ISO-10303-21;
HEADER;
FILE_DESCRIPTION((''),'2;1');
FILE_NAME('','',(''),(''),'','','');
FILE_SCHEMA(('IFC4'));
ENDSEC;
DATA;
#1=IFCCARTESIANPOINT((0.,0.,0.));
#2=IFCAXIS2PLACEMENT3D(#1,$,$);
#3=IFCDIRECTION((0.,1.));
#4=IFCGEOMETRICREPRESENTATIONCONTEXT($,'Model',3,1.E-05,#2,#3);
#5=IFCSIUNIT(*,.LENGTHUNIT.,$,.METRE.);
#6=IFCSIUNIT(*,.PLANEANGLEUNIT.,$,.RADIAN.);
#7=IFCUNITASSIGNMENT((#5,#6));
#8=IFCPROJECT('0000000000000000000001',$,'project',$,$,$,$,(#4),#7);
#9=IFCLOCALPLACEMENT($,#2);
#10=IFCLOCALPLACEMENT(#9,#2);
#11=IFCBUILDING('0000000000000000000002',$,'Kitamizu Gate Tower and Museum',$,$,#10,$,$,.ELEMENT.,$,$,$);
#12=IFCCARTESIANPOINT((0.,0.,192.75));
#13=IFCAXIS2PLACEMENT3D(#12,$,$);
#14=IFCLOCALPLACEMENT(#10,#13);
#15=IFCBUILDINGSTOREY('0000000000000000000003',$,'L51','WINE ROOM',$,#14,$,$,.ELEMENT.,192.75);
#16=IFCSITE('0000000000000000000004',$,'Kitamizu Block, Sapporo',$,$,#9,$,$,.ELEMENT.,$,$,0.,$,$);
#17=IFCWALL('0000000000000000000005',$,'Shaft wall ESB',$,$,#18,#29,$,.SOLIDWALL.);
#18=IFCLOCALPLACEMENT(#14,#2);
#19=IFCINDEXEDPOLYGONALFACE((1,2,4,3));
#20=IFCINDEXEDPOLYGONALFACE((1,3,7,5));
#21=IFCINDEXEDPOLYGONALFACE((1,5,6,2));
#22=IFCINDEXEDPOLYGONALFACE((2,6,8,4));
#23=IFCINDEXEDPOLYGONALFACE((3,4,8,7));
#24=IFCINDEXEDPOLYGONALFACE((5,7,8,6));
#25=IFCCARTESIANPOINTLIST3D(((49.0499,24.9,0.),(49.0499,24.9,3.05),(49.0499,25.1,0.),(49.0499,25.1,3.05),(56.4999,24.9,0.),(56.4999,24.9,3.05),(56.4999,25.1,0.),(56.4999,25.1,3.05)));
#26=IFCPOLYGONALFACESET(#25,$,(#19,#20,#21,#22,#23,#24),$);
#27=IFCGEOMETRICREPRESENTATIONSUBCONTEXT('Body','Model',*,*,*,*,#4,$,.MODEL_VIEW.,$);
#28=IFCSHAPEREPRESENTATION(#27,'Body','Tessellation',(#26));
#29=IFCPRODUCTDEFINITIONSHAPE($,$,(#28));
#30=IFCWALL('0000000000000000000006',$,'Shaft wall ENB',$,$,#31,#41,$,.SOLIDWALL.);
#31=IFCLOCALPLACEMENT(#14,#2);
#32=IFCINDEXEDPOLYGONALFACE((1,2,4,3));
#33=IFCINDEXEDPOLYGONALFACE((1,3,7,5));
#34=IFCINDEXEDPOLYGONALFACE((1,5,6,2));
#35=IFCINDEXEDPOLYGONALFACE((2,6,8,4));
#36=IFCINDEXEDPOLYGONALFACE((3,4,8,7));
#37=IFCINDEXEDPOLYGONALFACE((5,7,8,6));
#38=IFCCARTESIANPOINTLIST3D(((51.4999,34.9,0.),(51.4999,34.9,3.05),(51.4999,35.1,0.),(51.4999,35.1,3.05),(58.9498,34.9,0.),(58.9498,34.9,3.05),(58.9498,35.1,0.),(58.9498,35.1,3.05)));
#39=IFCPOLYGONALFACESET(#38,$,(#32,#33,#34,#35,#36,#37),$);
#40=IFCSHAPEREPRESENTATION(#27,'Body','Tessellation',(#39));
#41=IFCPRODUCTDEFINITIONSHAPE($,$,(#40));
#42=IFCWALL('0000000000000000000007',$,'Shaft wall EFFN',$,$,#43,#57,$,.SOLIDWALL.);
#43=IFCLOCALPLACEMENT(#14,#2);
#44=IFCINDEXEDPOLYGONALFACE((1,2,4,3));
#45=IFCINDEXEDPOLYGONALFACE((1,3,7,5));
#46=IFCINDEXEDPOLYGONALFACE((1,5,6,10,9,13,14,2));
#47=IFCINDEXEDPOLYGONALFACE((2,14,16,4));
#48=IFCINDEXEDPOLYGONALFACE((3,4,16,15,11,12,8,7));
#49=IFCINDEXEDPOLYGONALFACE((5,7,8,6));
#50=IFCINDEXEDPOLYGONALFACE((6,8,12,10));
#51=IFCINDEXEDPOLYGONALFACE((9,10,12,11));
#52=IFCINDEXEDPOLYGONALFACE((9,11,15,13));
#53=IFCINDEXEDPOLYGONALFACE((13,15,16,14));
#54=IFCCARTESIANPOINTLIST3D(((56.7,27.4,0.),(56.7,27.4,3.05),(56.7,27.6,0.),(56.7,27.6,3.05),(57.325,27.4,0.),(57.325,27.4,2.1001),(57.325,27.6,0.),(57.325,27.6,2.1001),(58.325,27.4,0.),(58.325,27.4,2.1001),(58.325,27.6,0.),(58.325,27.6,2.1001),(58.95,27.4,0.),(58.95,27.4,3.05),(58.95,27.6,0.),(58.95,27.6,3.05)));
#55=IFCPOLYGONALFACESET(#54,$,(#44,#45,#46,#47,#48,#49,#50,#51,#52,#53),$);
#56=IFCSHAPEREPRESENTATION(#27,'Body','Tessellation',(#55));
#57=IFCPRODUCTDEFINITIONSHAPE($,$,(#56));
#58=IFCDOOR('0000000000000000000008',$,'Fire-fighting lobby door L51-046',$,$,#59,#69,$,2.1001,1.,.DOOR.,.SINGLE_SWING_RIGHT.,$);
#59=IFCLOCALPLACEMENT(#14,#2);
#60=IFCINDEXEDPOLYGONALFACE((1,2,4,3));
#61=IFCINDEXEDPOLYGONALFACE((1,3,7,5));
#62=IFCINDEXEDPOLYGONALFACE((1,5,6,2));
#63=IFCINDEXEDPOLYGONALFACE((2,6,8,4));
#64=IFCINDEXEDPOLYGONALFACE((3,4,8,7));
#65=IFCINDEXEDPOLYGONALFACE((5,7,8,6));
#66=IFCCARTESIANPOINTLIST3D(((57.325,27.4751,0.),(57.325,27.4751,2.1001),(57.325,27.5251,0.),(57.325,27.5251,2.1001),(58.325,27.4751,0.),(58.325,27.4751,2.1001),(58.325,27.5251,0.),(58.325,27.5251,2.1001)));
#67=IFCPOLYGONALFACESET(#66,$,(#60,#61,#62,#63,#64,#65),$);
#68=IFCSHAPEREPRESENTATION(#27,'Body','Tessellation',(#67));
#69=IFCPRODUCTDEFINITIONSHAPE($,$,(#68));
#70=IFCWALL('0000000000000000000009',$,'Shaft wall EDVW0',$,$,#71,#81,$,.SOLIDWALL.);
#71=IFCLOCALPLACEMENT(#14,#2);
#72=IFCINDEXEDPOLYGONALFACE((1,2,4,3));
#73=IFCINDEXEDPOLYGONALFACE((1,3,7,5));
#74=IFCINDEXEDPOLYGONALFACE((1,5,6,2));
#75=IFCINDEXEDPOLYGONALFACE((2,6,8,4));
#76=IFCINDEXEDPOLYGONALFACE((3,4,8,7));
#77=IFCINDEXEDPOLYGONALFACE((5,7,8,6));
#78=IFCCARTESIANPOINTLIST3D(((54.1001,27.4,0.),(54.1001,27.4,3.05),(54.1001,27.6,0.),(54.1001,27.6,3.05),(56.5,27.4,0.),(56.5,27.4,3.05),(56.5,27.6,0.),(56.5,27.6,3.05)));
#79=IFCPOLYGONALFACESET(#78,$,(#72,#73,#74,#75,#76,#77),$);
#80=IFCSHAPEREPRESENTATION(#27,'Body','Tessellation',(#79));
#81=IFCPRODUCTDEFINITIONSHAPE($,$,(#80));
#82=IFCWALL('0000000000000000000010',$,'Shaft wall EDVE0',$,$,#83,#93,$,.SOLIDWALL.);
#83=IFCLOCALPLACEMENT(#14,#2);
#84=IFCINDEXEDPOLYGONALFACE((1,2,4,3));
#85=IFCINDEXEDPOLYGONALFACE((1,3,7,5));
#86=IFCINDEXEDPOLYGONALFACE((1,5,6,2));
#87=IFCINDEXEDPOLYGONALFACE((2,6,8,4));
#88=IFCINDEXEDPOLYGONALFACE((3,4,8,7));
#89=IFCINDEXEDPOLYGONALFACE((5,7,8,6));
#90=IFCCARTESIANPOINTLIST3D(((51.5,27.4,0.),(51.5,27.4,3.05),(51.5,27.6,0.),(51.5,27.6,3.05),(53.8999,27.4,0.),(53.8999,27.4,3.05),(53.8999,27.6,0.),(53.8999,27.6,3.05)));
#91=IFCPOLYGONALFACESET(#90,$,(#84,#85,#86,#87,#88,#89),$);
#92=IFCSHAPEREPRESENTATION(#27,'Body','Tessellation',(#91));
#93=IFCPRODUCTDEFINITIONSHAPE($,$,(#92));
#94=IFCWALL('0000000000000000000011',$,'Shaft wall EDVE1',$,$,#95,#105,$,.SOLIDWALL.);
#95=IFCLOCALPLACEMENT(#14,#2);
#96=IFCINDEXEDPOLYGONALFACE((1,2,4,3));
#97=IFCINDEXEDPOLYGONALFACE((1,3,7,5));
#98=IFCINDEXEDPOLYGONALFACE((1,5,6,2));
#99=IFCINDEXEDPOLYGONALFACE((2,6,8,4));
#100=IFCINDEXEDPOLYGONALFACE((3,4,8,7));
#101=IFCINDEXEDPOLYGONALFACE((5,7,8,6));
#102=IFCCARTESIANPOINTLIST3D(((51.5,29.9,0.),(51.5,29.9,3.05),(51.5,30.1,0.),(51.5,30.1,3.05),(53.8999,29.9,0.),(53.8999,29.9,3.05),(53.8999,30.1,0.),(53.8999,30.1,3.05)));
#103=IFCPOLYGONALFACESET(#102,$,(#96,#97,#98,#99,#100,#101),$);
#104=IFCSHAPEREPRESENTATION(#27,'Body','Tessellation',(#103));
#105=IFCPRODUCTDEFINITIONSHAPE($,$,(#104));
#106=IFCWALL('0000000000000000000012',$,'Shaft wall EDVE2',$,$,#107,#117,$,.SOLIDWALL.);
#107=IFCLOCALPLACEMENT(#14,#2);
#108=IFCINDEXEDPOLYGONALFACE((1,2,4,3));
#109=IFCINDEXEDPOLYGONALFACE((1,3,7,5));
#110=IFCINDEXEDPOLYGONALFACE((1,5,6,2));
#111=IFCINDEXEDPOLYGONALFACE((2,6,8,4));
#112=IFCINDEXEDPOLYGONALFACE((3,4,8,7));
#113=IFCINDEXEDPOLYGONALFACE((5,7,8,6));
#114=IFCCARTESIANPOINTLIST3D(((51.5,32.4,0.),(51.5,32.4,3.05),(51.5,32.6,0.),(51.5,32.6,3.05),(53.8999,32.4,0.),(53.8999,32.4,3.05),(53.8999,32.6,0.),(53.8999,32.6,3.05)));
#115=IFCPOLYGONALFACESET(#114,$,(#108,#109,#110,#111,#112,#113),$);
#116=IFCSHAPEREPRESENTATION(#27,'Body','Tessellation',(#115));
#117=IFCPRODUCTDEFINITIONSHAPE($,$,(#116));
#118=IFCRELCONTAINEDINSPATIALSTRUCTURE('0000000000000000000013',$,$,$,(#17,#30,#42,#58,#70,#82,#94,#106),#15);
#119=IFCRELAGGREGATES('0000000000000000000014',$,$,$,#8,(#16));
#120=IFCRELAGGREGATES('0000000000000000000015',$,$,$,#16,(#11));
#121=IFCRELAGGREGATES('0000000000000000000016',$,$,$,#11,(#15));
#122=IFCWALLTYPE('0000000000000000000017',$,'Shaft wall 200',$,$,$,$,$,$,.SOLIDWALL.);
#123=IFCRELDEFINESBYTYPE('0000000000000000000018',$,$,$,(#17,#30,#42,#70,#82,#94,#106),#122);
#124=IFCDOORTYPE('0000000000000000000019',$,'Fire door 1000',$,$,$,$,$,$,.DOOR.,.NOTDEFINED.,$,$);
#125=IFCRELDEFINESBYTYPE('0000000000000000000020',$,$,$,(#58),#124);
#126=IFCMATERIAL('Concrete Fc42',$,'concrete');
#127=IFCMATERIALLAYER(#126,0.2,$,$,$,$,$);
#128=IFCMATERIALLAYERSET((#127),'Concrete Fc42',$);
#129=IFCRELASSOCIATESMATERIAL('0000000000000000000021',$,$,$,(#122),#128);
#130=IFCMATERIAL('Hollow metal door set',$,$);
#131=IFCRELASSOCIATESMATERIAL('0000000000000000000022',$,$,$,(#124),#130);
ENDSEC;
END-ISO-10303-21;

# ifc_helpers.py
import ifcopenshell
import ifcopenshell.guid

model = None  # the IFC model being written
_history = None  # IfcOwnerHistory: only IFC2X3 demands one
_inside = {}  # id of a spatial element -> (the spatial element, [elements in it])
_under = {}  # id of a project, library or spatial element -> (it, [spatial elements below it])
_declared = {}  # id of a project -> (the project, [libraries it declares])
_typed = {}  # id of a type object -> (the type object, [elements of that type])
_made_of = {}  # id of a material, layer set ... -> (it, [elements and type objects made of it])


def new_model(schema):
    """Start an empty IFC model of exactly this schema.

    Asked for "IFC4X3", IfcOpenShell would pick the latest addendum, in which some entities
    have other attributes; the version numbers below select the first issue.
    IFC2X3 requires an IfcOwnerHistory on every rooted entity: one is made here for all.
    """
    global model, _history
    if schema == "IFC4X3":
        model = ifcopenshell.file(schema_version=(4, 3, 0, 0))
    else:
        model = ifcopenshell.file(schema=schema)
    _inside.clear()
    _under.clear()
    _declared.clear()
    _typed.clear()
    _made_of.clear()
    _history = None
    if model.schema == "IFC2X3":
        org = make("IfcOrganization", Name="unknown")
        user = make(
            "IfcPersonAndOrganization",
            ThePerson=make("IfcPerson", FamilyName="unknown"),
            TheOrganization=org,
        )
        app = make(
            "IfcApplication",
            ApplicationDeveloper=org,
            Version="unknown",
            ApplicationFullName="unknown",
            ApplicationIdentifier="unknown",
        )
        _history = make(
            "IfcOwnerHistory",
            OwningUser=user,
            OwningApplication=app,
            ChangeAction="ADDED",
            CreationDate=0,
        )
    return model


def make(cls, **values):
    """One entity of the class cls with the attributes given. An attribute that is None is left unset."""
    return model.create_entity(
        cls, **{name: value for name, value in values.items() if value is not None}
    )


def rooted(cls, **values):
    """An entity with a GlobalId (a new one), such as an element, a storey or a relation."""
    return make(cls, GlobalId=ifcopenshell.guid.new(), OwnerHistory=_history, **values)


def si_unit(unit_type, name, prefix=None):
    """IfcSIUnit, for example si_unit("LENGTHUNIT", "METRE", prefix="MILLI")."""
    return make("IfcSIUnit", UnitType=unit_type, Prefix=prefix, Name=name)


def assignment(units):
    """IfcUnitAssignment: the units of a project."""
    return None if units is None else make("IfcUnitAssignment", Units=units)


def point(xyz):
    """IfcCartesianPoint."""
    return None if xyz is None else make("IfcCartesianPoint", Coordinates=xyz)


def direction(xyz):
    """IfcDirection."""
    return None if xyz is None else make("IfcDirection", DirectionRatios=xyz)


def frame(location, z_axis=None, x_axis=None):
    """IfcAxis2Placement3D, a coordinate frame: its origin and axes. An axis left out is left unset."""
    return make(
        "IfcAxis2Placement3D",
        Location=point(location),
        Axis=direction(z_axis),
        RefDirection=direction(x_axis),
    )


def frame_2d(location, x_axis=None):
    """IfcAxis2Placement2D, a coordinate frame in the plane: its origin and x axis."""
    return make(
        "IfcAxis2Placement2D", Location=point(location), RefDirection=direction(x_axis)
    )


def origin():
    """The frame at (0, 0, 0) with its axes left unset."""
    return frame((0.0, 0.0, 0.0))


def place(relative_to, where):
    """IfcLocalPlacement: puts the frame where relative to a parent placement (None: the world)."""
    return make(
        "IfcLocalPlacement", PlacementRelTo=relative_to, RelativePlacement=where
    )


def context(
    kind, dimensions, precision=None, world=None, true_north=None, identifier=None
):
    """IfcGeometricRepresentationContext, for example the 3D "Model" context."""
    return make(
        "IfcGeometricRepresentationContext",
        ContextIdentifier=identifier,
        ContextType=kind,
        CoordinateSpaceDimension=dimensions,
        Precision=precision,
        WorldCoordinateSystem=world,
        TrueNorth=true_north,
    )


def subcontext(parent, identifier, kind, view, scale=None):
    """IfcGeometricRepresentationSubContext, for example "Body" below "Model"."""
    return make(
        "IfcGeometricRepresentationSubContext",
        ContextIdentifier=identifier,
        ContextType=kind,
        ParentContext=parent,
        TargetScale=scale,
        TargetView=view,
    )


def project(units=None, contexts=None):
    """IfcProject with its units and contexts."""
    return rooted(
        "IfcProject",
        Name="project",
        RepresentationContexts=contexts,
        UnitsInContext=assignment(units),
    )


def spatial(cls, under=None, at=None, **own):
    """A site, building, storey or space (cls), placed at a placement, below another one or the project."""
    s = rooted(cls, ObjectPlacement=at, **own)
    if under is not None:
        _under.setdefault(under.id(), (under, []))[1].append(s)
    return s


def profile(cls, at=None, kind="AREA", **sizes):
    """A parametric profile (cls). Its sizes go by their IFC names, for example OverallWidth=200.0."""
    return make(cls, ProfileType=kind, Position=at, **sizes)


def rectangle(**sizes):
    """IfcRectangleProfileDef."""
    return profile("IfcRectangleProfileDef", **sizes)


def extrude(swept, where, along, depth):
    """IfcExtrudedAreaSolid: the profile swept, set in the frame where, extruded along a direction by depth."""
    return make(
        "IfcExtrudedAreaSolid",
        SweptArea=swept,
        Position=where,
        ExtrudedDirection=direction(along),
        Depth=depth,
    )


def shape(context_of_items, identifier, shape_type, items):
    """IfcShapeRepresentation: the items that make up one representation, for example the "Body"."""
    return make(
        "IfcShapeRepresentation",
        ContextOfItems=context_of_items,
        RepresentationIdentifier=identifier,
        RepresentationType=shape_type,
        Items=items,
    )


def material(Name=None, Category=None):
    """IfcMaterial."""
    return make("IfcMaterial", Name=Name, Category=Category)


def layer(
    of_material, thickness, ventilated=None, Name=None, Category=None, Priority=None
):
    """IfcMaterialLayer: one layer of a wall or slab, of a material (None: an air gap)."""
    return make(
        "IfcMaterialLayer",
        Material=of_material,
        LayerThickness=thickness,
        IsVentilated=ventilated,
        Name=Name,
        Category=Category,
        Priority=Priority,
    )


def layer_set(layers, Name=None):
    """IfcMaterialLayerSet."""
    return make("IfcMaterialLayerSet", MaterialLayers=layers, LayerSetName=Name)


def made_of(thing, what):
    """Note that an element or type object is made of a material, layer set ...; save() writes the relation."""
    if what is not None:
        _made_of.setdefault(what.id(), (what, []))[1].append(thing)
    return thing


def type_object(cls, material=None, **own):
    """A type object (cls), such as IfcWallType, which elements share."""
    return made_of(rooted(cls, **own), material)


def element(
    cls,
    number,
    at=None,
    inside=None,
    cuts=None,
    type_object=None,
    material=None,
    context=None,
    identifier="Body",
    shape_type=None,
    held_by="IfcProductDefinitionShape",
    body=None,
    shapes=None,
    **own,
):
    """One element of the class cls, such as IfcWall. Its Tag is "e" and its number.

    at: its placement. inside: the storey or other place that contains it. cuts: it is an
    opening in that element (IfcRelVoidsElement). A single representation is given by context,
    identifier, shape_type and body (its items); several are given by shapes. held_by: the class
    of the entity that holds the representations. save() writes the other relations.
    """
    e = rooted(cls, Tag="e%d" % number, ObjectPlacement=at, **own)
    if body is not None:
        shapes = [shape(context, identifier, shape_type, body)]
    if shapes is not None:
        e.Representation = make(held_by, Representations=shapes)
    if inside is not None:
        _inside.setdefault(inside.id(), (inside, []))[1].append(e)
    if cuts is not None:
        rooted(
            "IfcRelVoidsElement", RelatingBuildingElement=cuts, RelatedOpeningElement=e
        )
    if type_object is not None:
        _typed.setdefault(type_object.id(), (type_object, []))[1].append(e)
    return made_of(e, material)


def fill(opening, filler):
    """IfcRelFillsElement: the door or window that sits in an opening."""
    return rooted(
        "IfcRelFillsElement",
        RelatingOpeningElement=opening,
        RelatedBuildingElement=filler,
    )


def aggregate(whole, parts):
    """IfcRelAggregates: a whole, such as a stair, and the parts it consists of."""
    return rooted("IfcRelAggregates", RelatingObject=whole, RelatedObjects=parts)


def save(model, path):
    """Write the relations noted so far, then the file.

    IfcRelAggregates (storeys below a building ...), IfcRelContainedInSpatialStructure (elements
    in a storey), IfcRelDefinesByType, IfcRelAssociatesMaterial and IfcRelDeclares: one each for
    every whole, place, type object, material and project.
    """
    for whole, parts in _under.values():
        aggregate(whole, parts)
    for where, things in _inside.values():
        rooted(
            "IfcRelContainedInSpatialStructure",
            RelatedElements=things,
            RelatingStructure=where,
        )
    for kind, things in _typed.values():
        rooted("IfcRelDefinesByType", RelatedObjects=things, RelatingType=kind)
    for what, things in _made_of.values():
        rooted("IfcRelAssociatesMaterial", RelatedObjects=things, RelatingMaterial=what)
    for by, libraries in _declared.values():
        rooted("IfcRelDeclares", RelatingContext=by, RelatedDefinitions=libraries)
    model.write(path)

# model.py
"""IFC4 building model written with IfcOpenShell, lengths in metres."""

from ifc_helpers import new_model, si_unit, direction, frame, frame_2d, origin, place, context, subcontext, project, spatial, rectangle, extrude, material, layer, layer_set, type_object, element, fill, save


model = new_model("IFC4")

# Units and contexts
model_context = context("Model", 3, precision=1e-05, world=origin(), true_north=direction((0.0, 1.0)))
body_context = subcontext(model_context, "Body", "Model", "MODEL_VIEW")
ifc_project = project(units=[si_unit("LENGTHUNIT", "METRE"), si_unit("PLANEANGLEUNIT", "RADIAN")], contexts=[model_context])

# Site, building, storey
site_placement = place(None, origin())
site = spatial("IfcSite", under=ifc_project, at=site_placement, Name="Kitamizu Block, Sapporo", CompositionType="ELEMENT", RefElevation=0.0)
building_placement = place(site_placement, origin())
building = spatial("IfcBuilding", under=site, at=building_placement, Name="Kitamizu Gate Tower and Museum", CompositionType="ELEMENT")
storey_placement = place(building_placement, frame((0.0, 0.0, 192.75)))
storey = spatial("IfcBuildingStorey", under=building, at=storey_placement, Name="L51", Description="WINE ROOM", CompositionType="ELEMENT", Elevation=192.75)

# Shared definitions
ifc_material_1 = material(Name="Concrete Fc42", Category="concrete")
ifc_layer_1 = layer(ifc_material_1, 0.2)
ifc_layer_set_1 = layer_set([ifc_layer_1], Name="Concrete Fc42")
wall_type_1 = type_object("IfcWallType", Name="Shaft wall 200", PredefinedType="SOLIDWALL", material=ifc_layer_set_1)
ifc_material_2 = material(Name="Hollow metal door set")
door_type_1 = type_object("IfcDoorType", Name="Fire door 1000", OperationType="NOTDEFINED", PredefinedType="DOOR", material=ifc_material_2)

# Walls
for number, where, z_axis, x_axis, name in (
    (1, (56.5, 25.0, 0.0), (0.0, 0.0, 1.0), (-1.0, 0.0, 0.0), "Shaft wall ESB"),
    (2, (58.95, 35.0, 0.0), (0.0, 0.0, 1.0), (-1.0, 0.0, 0.0), "Shaft wall ENB"),
):
    element("IfcWall", number, at=place(storey_placement, frame(where, z_axis=z_axis, x_axis=x_axis)), inside=storey, type_object=wall_type_1, Name=name, PredefinedType="SOLIDWALL", context=body_context, shape_type="SweptSolid", body=[
        extrude(rectangle(XDim=7.45, YDim=0.2, at=frame_2d((3.7251, 0.0))), origin(), (0.0, 0.0, 1.0), 3.05),
    ])

# Wall, opening, door
wall_1_placement = place(storey_placement, frame((58.95, 27.5, 0.0), z_axis=(0.0, 0.0, 1.0), x_axis=(-1.0, 0.0, 0.0)))
wall_1 = element("IfcWall", 3, at=wall_1_placement, inside=storey, type_object=wall_type_1, Name="Shaft wall EFFN", PredefinedType="SOLIDWALL", context=body_context, shape_type="SweptSolid", body=[
    extrude(rectangle(XDim=2.25, YDim=0.2, at=frame_2d((1.125, 0.0))), origin(), (0.0, 0.0, 1.0), 3.05),
])
opening_1_placement = place(wall_1_placement, frame((0.625, 0.0, 0.0)))
opening_1 = element("IfcOpeningElement", 4, at=opening_1_placement, cuts=wall_1, PredefinedType="OPENING", context=body_context, shape_type="SweptSolid", body=[
    extrude(rectangle(XDim=1.0, YDim=2.1001, at=frame_2d((0.5, 1.05))), frame((0.0, 0.1099, 0.0), z_axis=(0.0, -1.0, 0.0), x_axis=(1.0, 0.0, 0.0)), (0.0, 0.0, 1.0), 0.22),
])
door_1_placement = place(opening_1_placement, origin())
door_1 = element("IfcDoor", 5, at=door_1_placement, inside=storey, type_object=door_type_1, Name="Fire-fighting lobby door L51-046", OperationType="SINGLE_SWING_RIGHT", OverallHeight=2.1001, OverallWidth=1.0, PredefinedType="DOOR", context=body_context, shape_type="SweptSolid", body=[
    extrude(rectangle(XDim=1.0, YDim=2.1001, at=frame_2d((0.5, 1.05))), frame((0.0, 0.0249, 0.0), z_axis=(0.0, -1.0, 0.0), x_axis=(1.0, 0.0, 0.0)), (0.0, 0.0, 1.0), 0.05),
])
fill(opening_1, door_1)

# Walls
for number, where, z_axis, x_axis, name in (
    (6, (56.5, 27.5, 0.0), (0.0, 0.0, 1.0), (-1.0, 0.0, 0.0), "Shaft wall EDVW0"),
    (7, (53.8999, 27.5, 0.0), (0.0, 0.0, 1.0), (-1.0, 0.0, 0.0), "Shaft wall EDVE0"),
    (8, (53.8999, 30.0, 0.0), (0.0, 0.0, 1.0), (-1.0, 0.0, 0.0), "Shaft wall EDVE1"),
    (9, (53.8999, 32.5, 0.0), (0.0, 0.0, 1.0), (-1.0, 0.0, 0.0), "Shaft wall EDVE2"),
):
    element("IfcWall", number, at=place(storey_placement, frame(where, z_axis=z_axis, x_axis=x_axis)), inside=storey, type_object=wall_type_1, Name=name, PredefinedType="SOLIDWALL", context=body_context, shape_type="SweptSolid", body=[
        extrude(rectangle(XDim=2.3999, YDim=0.2, at=frame_2d((1.2, 0.0))), origin(), (0.0, 0.0, 1.0), 3.05),
    ])

save(model, "model.ifc")
